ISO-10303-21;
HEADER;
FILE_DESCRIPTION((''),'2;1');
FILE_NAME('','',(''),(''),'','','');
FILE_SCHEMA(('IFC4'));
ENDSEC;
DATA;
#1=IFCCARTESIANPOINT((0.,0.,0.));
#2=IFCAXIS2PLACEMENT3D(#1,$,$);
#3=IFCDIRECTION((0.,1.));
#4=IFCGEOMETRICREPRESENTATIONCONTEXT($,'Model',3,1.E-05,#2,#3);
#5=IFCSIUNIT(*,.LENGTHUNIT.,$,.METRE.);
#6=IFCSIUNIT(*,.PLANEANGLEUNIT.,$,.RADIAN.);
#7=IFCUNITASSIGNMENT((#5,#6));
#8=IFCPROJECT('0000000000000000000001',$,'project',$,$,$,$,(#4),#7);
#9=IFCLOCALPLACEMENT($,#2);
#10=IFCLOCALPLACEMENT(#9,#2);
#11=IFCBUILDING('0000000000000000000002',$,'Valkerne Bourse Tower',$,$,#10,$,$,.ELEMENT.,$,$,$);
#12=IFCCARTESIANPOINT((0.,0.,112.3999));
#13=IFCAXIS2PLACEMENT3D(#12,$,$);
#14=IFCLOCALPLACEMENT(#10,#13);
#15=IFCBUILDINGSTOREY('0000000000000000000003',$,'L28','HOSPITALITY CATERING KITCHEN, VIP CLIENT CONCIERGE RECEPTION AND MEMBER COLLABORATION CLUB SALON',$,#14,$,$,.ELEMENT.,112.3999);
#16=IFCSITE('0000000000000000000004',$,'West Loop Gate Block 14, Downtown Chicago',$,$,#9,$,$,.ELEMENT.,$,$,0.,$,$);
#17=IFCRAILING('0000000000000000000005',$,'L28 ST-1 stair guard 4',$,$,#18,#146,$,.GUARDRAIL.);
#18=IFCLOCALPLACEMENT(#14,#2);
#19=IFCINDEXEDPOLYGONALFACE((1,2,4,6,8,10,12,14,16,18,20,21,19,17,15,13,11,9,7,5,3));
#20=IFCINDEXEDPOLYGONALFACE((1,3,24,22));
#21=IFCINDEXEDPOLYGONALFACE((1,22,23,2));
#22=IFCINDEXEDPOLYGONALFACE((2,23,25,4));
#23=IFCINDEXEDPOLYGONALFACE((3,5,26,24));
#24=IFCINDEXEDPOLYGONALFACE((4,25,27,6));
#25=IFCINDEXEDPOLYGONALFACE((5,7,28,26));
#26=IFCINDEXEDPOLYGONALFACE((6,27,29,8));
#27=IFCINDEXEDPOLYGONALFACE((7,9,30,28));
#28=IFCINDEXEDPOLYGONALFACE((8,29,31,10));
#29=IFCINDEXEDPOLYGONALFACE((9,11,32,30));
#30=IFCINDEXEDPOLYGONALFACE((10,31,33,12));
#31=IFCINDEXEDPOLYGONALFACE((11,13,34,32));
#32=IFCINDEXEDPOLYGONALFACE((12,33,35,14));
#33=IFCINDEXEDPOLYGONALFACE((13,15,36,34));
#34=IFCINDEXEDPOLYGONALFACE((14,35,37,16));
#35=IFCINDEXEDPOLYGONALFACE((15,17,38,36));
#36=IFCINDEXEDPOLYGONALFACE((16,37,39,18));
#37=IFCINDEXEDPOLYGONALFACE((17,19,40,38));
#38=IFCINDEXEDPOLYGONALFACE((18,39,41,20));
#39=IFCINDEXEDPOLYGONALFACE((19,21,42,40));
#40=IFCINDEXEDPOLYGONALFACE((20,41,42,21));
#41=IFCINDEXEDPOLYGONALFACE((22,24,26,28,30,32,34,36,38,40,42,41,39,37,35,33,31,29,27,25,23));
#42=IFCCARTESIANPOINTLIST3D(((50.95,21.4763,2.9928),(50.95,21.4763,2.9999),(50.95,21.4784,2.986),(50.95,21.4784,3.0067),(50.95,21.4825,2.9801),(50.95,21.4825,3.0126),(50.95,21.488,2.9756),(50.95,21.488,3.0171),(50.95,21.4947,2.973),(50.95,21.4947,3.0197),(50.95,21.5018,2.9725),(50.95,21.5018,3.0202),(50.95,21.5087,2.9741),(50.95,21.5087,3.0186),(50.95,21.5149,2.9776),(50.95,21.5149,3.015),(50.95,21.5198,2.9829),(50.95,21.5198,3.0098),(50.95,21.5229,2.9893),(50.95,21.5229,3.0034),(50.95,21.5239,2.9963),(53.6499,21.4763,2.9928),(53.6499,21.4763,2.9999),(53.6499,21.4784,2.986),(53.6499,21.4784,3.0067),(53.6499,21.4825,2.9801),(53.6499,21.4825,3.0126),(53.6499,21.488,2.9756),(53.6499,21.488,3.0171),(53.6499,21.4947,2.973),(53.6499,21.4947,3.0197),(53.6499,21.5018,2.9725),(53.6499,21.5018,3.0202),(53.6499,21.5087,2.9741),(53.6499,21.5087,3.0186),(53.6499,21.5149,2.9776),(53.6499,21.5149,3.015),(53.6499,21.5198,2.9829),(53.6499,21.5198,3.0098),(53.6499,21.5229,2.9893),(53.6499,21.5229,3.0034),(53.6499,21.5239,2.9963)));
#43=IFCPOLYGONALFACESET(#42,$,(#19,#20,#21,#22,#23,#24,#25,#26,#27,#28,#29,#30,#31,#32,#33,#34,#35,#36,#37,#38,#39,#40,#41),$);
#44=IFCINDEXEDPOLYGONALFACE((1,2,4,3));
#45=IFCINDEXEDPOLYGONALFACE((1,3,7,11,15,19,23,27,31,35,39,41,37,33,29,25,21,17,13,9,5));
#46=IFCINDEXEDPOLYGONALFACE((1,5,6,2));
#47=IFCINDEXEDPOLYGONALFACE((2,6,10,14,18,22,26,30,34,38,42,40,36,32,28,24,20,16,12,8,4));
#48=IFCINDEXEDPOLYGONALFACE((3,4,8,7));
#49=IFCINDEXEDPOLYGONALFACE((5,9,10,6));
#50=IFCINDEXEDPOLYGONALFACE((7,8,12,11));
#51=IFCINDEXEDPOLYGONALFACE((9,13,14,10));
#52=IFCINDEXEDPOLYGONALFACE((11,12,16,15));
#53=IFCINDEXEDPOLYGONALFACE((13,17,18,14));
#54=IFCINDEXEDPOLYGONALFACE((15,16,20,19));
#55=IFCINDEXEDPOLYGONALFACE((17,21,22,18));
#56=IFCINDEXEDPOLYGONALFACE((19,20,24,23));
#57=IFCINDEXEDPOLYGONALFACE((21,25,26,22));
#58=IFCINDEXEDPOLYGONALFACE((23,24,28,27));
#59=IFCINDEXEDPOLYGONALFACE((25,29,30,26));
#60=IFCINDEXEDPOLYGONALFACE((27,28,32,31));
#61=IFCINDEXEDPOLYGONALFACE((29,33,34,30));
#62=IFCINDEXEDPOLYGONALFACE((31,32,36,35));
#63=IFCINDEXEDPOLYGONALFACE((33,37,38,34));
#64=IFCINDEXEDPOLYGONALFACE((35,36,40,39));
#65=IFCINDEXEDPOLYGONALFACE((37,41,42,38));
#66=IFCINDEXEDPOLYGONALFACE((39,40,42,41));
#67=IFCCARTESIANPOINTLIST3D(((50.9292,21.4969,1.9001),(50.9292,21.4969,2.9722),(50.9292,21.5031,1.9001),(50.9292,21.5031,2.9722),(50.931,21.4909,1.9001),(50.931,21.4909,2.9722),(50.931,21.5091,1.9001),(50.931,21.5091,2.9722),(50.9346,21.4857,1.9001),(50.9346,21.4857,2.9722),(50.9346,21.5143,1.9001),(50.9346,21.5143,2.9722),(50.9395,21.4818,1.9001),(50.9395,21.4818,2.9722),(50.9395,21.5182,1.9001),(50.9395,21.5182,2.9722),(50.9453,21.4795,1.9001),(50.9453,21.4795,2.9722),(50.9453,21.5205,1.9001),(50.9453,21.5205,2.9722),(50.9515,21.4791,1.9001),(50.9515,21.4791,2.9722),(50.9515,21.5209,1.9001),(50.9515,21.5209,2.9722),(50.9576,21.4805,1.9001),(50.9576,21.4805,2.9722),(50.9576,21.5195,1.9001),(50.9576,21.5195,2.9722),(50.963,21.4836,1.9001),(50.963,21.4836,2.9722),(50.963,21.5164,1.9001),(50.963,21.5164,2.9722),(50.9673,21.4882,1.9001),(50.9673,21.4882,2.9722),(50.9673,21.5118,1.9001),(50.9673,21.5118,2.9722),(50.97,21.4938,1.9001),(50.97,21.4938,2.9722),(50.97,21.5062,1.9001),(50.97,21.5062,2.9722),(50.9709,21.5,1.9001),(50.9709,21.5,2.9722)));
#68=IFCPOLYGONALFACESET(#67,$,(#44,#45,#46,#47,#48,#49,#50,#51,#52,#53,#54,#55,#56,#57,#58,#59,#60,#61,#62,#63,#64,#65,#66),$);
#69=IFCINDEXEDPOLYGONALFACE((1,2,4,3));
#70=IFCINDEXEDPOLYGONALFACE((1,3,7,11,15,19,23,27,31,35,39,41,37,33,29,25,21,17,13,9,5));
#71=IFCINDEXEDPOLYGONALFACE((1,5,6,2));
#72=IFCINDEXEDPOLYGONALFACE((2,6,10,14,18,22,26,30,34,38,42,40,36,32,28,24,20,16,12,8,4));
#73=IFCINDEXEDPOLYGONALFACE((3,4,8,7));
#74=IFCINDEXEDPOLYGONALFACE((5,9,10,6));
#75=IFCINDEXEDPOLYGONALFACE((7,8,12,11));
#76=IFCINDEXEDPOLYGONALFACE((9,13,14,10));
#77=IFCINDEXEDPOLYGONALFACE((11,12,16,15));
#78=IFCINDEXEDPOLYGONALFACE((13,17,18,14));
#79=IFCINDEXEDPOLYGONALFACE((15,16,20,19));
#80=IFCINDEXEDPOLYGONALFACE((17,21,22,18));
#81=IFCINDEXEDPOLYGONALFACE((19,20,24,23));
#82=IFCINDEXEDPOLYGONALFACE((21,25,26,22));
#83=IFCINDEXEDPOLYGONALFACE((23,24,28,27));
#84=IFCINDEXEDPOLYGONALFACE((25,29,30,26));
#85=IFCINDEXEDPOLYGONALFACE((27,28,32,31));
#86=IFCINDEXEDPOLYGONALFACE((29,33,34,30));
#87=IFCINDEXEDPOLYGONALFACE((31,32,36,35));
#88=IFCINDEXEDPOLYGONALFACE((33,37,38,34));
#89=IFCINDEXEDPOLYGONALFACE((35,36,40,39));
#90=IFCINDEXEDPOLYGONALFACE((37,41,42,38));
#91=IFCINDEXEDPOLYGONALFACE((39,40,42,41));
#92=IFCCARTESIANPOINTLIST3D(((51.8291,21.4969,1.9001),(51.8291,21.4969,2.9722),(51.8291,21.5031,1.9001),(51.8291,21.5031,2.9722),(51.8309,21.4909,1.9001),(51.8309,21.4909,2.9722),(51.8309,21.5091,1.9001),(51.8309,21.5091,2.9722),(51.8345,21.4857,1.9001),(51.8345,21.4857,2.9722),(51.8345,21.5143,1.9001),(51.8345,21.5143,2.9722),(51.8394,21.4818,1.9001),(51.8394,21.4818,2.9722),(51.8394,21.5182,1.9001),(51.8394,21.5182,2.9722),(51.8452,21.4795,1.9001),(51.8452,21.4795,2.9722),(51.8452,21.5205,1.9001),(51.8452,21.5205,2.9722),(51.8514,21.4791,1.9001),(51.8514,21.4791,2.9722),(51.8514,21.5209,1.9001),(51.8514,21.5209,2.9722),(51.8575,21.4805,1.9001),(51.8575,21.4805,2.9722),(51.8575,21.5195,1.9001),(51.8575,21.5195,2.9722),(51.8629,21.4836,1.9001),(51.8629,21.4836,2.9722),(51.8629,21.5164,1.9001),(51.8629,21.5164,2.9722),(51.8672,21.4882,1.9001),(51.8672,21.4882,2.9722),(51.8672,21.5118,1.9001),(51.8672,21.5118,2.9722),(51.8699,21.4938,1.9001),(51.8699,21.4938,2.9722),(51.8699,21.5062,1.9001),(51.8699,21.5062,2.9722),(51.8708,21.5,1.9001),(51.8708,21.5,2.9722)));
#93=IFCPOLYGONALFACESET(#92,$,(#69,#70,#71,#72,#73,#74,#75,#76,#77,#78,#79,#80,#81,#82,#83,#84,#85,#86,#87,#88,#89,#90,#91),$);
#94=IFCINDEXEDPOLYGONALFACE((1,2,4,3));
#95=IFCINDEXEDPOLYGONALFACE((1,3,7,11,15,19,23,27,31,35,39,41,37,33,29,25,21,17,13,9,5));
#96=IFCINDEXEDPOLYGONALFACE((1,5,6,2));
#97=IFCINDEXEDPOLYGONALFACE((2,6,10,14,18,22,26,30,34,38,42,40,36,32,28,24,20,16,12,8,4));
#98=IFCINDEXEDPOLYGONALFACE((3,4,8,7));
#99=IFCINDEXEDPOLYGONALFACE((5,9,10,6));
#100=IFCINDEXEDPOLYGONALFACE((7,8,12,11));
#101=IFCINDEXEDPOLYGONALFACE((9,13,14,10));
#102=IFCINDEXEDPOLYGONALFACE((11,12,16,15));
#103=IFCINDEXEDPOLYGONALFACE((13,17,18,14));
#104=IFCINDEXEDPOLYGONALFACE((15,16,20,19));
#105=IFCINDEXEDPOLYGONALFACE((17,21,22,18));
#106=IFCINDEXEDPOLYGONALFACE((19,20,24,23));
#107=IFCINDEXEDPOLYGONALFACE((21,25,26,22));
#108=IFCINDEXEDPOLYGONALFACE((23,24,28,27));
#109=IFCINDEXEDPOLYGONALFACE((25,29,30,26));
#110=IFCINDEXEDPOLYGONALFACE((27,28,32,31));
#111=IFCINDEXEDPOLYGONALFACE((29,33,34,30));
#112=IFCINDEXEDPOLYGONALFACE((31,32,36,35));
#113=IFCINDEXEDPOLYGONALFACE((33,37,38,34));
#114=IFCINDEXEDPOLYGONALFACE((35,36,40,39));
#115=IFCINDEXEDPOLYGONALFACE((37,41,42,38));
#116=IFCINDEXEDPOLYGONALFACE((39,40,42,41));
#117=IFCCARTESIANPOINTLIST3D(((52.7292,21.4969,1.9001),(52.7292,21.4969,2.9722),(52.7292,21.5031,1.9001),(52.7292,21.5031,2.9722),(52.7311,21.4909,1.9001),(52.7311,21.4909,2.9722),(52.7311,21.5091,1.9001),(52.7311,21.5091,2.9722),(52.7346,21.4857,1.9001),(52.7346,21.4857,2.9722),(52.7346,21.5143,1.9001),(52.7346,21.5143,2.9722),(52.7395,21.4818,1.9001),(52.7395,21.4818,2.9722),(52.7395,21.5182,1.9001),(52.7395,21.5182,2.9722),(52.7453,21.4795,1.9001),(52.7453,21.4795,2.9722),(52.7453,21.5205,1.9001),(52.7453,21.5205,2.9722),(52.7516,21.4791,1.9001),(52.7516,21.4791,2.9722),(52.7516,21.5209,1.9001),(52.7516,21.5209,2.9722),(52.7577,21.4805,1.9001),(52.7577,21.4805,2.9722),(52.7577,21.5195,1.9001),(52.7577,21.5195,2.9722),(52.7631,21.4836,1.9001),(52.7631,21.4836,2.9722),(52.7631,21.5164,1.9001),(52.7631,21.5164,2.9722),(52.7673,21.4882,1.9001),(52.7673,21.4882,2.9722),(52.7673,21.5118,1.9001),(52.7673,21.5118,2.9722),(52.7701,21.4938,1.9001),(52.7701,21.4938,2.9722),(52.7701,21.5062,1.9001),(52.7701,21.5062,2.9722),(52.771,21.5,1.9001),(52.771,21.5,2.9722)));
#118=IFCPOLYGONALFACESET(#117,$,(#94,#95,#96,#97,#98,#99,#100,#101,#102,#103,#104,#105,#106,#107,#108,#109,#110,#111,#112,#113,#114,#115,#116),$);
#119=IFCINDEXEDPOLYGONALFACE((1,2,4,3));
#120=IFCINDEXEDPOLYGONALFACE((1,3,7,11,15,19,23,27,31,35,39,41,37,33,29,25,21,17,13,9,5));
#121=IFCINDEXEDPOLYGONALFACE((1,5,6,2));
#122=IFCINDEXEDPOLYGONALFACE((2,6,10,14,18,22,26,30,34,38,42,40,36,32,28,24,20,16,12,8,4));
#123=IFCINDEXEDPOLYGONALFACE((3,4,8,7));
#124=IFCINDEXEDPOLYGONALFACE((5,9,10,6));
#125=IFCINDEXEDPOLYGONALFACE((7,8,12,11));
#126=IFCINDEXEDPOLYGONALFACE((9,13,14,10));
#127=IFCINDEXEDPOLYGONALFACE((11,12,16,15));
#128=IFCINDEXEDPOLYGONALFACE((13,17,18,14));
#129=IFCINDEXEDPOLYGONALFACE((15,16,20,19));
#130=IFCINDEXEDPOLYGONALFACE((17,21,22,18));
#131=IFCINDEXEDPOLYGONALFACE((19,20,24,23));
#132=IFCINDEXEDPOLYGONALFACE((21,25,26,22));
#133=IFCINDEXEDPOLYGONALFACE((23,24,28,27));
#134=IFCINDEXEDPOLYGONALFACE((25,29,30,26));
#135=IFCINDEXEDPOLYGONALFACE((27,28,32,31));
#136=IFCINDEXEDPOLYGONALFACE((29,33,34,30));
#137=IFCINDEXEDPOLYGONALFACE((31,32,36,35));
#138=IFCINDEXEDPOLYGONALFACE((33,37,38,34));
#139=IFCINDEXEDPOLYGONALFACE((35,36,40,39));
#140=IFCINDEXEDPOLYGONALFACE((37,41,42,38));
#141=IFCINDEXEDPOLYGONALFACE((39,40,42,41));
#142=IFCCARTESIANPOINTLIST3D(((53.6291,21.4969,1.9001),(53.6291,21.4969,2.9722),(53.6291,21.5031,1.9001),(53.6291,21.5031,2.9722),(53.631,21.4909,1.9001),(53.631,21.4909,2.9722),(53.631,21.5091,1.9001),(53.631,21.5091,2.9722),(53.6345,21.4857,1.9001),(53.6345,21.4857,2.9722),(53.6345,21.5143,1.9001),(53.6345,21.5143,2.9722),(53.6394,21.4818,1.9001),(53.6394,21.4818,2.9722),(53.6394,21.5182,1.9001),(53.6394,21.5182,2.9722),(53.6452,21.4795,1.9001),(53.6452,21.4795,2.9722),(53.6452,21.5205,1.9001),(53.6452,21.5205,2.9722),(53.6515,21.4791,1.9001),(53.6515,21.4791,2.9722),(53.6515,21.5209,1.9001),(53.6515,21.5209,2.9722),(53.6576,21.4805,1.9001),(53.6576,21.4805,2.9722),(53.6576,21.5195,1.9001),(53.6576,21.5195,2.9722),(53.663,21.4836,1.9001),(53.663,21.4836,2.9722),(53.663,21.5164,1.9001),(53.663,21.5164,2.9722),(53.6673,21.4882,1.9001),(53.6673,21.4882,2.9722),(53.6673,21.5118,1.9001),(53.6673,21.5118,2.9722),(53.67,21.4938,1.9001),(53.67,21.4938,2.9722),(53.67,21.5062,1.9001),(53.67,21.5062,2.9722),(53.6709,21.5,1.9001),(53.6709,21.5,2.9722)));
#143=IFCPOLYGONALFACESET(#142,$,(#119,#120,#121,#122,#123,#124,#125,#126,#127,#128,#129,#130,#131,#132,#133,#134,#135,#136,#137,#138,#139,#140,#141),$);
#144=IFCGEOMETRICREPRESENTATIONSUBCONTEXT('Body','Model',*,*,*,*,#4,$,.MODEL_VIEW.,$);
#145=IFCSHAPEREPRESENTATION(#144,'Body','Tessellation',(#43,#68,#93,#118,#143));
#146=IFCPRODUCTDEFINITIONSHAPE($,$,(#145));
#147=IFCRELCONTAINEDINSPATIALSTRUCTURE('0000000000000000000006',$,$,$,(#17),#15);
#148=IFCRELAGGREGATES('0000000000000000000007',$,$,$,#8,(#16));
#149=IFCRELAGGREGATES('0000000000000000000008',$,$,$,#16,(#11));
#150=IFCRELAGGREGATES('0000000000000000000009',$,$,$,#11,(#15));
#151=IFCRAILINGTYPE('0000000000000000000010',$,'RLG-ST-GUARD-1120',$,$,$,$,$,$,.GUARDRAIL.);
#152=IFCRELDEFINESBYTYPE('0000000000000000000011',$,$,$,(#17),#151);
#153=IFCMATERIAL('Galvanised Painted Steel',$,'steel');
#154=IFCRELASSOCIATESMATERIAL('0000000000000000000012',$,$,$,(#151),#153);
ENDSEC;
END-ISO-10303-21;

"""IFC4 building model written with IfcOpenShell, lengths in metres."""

from ifc_helpers import new_model, si_unit, direction, frame, origin, origin_2d, place, context, subcontext, project, spatial, circle, extrude, material, type_object, element, save


model = new_model("IFC4")

# Units and contexts
model_context = context("Model", 3, precision=1e-05, world=origin(), true_north=direction((0.0, 1.0)))
body_context = subcontext(model_context, "Body", "Model", "MODEL_VIEW")
ifc_project = project(units=[si_unit("LENGTHUNIT", "METRE"), si_unit("PLANEANGLEUNIT", "RADIAN")], contexts=[model_context])

# Site, building, storey
site_placement = place(None, origin())
site = spatial("IfcSite", under=ifc_project, at=site_placement, Name="West Loop Gate Block 14, Downtown Chicago", CompositionType="ELEMENT", RefElevation=0.0)
building_placement = place(site_placement, origin())
building = spatial("IfcBuilding", under=site, at=building_placement, Name="Valkerne Bourse Tower", CompositionType="ELEMENT")
storey_placement = place(building_placement, frame((0.0, 0.0, 112.3999)))
storey = spatial("IfcBuildingStorey", under=building, at=storey_placement, Name="L28", Description="HOSPITALITY CATERING KITCHEN, VIP CLIENT CONCIERGE RECEPTION AND MEMBER COLLABORATION CLUB SALON", CompositionType="ELEMENT", Elevation=112.3999)

# Shared definitions
ifc_material_1 = material(Name="Galvanised Painted Steel", Category="steel")

# Railing
railing_type_1 = type_object("IfcRailingType", Name="RLG-ST-GUARD-1120", PredefinedType="GUARDRAIL", material=ifc_material_1)
for number, where, name in (
    (1, (50.95, 21.5, 1.9001), "L28 ST-1 stair guard 4"),
):
    element("IfcRailing", number, at=place(storey_placement, frame(where)), inside=storey, type_object=railing_type_1, Name=name, PredefinedType="GUARDRAIL", context=body_context, shape_type="SweptSolid", body=[
        extrude(circle(Radius=0.0239, at=origin_2d()), frame((0.0, 0.0, 1.0962), z_axis=(1.0, 0.0, 0.0), x_axis=(0.0, 1.0, 0.0)), (0.0, 0.0, 1.0), 2.7),
        extrude(circle(Radius=0.021, at=origin_2d()), origin(), (0.0, 0.0, 1.0), 1.072),
        extrude(circle(Radius=0.021, at=origin_2d()), frame((0.8999, 0.0, 0.0)), (0.0, 0.0, 1.0), 1.072),
        extrude(circle(Radius=0.021, at=origin_2d()), frame((1.8, 0.0, 0.0)), (0.0, 0.0, 1.0), 1.072),
        extrude(circle(Radius=0.021, at=origin_2d()), frame((2.7, 0.0, 0.0)), (0.0, 0.0, 1.0), 1.072),
    ])

save(model, "model.ifc")
